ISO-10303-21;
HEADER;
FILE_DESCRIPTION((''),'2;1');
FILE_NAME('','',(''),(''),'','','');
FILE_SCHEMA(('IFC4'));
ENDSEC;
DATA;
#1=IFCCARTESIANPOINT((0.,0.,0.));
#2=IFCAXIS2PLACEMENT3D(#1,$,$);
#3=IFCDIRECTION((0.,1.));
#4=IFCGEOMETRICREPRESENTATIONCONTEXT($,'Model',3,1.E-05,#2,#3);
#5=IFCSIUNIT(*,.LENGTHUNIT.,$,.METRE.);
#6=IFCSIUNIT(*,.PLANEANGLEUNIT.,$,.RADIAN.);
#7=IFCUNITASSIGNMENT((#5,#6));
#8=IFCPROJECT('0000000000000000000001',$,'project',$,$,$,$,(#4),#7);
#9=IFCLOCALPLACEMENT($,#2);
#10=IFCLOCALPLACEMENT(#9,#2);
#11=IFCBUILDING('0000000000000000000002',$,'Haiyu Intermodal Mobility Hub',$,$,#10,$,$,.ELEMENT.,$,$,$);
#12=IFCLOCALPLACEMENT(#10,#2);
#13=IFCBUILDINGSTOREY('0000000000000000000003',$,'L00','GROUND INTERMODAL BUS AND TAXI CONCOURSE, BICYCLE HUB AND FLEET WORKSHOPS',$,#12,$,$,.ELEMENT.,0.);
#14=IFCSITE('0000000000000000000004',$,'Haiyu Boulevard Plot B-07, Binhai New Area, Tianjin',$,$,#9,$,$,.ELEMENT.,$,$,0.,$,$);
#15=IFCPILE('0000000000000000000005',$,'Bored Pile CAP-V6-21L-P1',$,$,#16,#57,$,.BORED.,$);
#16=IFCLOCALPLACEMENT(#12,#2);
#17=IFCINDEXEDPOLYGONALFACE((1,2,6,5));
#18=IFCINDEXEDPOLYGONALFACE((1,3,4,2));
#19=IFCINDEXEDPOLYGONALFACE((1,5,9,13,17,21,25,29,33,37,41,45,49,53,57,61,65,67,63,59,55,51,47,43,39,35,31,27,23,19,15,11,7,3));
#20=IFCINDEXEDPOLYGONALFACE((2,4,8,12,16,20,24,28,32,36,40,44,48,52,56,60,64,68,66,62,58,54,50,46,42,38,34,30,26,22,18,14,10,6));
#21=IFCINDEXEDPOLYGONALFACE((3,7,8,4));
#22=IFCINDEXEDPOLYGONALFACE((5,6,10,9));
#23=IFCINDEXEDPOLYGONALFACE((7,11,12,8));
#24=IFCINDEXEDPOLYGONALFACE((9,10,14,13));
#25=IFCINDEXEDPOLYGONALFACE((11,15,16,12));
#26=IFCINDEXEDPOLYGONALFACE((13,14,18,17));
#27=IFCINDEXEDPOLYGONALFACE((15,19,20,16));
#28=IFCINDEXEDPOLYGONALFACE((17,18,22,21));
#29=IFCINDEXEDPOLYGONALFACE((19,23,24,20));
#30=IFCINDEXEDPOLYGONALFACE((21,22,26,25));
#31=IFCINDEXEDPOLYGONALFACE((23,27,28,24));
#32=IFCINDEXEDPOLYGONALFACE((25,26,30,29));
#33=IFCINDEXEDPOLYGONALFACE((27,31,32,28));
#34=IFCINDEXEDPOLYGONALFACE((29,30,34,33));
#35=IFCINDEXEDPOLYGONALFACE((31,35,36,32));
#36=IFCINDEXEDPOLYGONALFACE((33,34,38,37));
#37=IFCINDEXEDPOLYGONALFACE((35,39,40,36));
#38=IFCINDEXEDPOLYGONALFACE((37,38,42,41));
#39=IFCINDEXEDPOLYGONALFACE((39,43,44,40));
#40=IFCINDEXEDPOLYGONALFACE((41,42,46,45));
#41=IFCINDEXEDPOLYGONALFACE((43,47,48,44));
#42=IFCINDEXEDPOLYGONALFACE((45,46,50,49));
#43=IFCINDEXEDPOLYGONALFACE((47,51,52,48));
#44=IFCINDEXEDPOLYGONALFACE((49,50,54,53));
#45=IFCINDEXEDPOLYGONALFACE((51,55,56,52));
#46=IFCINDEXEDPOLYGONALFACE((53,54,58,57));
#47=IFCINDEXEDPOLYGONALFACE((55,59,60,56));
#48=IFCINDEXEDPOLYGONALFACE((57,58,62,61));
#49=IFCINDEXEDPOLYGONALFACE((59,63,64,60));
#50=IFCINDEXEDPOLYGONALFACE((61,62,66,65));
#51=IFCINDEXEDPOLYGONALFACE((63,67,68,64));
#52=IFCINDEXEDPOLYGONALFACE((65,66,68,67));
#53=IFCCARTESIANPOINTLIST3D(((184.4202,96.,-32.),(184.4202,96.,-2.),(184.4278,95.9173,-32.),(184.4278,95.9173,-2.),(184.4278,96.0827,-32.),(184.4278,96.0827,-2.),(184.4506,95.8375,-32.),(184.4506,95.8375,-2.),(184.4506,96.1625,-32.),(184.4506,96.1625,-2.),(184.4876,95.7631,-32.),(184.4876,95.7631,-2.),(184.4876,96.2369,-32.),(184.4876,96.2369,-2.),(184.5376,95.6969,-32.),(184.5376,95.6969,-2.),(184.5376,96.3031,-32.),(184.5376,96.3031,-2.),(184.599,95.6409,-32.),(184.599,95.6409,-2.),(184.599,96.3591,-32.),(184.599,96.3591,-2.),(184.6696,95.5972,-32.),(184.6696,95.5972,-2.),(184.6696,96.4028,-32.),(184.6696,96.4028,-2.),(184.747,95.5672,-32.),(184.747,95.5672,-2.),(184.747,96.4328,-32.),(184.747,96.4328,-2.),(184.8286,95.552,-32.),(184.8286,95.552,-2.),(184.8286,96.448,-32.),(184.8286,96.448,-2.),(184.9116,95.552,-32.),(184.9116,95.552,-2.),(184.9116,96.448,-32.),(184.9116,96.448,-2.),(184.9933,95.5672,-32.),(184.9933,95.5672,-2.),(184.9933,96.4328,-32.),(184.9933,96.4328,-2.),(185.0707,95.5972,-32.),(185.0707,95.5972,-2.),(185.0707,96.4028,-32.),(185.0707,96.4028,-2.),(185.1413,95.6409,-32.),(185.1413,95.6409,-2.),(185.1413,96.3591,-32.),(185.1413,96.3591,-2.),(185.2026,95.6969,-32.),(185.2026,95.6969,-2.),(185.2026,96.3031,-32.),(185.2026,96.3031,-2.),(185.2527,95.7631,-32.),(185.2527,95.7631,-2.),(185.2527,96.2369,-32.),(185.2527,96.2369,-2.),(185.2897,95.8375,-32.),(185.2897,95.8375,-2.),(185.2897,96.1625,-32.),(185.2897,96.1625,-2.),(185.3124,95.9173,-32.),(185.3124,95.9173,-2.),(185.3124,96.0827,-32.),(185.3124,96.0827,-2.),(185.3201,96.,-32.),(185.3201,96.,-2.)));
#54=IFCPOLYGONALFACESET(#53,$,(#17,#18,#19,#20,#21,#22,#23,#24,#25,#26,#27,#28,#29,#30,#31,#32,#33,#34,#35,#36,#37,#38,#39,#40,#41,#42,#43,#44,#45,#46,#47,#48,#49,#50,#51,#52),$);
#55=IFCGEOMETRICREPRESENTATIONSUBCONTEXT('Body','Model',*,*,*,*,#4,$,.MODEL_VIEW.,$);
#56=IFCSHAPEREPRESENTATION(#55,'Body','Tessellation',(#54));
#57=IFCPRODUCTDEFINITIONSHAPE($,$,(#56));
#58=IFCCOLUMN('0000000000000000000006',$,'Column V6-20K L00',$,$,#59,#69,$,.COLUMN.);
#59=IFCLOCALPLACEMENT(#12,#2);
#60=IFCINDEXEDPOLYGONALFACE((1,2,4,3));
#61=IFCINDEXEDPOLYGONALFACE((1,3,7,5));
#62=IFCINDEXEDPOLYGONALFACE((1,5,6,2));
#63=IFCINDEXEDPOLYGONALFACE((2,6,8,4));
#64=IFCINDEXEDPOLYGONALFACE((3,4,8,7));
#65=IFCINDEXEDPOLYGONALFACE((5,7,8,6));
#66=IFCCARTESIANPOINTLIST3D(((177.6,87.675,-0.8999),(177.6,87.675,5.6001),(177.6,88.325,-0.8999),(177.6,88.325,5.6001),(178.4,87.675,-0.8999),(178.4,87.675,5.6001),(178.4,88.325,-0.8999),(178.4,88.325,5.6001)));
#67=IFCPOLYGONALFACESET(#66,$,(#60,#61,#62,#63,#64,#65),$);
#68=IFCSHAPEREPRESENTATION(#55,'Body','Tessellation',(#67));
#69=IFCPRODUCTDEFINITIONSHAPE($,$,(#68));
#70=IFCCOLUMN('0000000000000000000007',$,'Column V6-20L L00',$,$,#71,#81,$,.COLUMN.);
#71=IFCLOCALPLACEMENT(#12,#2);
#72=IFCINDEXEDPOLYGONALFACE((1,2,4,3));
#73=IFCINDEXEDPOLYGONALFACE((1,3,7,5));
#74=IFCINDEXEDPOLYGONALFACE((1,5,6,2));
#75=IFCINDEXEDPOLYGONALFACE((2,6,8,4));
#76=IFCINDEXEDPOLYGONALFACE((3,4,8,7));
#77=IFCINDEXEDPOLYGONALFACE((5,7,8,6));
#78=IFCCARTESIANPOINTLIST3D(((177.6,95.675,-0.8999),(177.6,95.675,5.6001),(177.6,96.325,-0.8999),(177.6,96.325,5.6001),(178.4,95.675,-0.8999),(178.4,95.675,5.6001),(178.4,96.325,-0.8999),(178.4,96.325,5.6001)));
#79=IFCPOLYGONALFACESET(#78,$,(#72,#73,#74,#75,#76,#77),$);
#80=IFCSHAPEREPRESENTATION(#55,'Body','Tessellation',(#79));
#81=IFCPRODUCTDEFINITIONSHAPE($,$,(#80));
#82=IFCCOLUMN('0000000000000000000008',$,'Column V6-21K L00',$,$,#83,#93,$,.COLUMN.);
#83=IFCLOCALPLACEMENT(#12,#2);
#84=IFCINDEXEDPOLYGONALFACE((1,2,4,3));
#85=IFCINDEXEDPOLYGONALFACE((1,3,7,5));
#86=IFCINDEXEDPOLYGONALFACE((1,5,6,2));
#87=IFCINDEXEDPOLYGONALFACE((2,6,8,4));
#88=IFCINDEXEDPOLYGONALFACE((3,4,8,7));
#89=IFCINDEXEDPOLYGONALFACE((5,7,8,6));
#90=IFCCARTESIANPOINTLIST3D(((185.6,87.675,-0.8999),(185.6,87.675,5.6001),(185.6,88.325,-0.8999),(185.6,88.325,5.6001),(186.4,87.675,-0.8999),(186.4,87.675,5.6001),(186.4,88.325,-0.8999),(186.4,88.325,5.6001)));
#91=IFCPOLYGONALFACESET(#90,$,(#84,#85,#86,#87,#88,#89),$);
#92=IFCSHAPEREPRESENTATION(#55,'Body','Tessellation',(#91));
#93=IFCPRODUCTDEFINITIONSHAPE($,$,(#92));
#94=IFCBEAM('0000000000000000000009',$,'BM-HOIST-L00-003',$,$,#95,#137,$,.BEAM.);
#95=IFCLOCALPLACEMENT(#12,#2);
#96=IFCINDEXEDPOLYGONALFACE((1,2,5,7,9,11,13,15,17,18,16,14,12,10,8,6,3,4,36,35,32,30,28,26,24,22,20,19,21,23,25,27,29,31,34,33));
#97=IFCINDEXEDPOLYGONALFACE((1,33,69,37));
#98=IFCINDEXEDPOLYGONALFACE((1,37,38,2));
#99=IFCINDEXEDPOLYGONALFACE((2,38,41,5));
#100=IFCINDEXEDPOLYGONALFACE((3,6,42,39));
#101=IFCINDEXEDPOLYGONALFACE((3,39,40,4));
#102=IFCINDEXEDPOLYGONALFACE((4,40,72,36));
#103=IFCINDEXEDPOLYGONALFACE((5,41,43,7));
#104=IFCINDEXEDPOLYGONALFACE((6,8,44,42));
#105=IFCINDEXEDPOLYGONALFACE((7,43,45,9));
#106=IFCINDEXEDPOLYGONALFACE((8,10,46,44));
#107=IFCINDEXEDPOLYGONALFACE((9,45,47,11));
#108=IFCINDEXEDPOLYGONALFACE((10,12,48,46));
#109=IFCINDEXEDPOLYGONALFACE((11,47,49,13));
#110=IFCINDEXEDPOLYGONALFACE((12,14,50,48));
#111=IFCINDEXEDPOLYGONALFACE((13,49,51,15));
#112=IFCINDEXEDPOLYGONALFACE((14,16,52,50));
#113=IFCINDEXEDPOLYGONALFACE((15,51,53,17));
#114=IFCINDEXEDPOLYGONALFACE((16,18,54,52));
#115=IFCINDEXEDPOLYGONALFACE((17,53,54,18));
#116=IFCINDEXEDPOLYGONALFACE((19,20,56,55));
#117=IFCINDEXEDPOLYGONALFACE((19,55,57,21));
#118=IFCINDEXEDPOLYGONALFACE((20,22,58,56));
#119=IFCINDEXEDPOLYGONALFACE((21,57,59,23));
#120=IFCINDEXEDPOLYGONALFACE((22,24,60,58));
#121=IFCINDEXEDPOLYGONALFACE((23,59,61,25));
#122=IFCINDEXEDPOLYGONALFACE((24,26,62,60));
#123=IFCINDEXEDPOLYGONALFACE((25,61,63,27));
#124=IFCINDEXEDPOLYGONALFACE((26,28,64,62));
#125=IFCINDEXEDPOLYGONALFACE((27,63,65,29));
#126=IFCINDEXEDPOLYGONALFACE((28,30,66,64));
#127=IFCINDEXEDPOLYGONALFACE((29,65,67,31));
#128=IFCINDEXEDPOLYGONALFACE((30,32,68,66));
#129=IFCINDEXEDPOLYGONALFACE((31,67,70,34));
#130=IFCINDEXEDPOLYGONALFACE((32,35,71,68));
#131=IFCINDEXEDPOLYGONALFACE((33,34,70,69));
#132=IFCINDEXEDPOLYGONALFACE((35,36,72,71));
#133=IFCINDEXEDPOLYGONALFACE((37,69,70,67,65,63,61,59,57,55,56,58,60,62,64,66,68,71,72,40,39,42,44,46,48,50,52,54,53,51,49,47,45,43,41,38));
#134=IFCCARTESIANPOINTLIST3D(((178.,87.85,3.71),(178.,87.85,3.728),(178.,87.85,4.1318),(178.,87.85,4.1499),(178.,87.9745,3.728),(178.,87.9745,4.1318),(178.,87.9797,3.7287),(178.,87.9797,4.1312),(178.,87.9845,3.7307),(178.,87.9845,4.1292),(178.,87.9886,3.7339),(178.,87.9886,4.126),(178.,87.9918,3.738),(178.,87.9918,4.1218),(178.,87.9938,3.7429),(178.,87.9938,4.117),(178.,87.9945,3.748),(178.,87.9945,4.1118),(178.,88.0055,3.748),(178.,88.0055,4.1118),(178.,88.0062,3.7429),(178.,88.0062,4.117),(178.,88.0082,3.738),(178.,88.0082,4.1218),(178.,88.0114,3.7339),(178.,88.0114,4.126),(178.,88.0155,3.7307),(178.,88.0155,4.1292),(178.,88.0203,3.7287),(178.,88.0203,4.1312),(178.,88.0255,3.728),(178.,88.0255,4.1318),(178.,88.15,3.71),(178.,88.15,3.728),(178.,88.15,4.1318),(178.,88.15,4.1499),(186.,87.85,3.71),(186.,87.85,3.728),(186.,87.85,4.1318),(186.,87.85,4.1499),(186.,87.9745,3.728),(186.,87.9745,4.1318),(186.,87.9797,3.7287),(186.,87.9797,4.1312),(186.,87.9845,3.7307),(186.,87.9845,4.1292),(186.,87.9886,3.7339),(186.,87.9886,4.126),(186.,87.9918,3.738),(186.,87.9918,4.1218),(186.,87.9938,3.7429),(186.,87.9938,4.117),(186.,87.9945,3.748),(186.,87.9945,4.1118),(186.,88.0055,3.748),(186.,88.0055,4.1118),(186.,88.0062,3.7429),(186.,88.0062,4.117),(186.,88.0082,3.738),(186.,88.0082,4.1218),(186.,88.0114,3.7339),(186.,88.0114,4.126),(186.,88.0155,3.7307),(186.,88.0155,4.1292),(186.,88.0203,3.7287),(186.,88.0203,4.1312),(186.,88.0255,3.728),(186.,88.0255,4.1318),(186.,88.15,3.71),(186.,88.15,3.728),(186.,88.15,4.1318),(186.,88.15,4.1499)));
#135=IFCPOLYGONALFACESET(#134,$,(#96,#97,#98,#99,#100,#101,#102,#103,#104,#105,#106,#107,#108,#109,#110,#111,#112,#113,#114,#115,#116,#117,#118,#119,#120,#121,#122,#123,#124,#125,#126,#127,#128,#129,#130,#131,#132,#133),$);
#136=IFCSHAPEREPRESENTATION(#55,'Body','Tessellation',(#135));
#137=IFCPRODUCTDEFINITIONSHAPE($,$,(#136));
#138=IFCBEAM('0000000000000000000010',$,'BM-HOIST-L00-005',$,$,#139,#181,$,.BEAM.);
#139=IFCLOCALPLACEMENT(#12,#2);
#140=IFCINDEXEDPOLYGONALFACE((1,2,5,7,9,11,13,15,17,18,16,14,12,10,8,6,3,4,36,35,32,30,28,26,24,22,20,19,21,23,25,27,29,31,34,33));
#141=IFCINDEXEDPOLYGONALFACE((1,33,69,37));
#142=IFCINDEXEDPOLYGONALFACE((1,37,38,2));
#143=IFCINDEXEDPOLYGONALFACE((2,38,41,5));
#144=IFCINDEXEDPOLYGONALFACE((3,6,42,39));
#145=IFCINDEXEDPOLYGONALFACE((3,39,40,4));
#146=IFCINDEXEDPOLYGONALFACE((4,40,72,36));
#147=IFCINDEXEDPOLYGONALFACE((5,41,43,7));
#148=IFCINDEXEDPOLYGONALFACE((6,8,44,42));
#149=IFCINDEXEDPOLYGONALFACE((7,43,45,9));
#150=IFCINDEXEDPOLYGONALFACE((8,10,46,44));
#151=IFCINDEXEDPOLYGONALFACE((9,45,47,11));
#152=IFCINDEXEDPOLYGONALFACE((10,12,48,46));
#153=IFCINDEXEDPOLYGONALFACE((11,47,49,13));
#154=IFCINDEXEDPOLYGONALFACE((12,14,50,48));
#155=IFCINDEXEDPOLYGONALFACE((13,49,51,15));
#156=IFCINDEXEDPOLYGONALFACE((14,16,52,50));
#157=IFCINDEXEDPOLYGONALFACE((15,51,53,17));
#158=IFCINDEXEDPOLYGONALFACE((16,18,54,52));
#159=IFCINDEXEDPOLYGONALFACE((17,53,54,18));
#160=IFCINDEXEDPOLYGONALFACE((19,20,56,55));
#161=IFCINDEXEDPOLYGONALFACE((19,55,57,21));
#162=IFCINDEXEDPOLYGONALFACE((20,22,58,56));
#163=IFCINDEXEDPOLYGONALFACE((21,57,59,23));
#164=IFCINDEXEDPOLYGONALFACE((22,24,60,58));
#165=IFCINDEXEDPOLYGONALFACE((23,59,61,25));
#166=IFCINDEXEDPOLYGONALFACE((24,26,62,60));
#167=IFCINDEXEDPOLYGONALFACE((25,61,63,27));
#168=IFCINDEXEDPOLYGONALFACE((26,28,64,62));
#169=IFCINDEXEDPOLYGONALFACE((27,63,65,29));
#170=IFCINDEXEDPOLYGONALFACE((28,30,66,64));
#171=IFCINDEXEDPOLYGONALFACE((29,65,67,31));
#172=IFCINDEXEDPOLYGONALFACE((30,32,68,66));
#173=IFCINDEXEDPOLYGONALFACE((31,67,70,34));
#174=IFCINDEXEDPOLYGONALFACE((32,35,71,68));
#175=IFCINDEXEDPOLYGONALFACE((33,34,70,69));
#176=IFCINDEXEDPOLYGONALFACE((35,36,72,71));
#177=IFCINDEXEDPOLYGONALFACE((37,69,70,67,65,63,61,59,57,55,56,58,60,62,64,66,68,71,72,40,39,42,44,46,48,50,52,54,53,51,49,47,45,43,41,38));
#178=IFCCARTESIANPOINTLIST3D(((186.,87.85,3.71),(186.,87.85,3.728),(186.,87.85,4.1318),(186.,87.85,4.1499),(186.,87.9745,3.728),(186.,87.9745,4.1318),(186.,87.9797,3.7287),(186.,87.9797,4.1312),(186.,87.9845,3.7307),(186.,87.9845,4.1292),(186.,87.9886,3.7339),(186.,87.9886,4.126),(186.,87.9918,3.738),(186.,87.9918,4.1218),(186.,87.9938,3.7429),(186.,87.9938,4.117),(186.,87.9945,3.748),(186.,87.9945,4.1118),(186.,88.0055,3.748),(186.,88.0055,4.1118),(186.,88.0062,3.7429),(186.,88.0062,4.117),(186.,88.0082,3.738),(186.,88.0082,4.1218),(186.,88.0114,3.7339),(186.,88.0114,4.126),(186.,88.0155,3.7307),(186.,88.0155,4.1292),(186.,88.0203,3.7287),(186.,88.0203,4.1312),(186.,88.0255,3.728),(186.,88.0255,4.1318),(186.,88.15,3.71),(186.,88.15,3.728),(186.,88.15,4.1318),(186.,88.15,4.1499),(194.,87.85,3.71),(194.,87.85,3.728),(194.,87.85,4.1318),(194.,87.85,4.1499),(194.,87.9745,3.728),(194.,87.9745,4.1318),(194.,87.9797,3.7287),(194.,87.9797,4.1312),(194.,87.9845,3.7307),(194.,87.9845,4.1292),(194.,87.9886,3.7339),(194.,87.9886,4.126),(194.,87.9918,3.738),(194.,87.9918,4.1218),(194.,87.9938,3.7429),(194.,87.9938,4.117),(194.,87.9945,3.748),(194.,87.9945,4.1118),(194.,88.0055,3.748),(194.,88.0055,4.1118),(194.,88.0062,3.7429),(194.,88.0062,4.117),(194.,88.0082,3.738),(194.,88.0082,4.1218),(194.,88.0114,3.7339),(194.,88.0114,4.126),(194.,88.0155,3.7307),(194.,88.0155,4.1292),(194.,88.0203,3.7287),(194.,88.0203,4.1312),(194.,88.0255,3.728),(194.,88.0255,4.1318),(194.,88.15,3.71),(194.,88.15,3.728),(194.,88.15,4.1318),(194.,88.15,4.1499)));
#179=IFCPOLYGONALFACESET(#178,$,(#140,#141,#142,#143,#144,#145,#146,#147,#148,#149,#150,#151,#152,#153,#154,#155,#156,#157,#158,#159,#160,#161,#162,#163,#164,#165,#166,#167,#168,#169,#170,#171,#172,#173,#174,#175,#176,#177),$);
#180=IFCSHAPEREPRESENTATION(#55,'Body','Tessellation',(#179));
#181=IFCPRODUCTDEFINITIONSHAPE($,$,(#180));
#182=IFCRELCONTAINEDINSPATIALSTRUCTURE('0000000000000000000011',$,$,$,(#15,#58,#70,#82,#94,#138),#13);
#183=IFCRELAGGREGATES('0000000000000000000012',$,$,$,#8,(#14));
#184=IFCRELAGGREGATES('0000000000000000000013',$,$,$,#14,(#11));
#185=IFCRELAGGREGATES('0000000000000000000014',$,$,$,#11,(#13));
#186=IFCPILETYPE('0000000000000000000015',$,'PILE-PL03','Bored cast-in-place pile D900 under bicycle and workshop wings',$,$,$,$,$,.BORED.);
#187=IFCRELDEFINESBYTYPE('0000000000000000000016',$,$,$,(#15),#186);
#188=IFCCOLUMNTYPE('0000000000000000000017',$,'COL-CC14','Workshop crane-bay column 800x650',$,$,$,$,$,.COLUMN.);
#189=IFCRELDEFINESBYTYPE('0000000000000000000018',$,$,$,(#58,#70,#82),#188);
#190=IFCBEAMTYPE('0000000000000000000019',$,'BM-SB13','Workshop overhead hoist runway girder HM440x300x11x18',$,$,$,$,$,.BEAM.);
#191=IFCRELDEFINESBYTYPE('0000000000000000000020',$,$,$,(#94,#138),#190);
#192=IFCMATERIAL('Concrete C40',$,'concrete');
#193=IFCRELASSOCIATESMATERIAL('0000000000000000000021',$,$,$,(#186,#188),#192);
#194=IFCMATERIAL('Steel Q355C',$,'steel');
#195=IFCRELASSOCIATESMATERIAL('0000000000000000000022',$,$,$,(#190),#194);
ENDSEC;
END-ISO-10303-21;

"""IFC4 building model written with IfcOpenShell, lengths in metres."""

from ifc_helpers import new_model, si_unit, direction, frame, origin, origin_2d, place, context, subcontext, project, spatial, rectangle, circle, i_section, extrude, material, material_profile, profile_set, type_object, element, save


model = new_model("IFC4")

# Units and contexts
model_context = context("Model", 3, precision=1e-05, world=origin(), true_north=direction((0.0, 1.0)))
body_context = subcontext(model_context, "Body", "Model", "MODEL_VIEW")
ifc_project = project(units=[si_unit("LENGTHUNIT", "METRE"), si_unit("PLANEANGLEUNIT", "RADIAN")], contexts=[model_context])

# Site, building, storey
site_placement = place(None, origin())
site = spatial("IfcSite", under=ifc_project, at=site_placement, Name="Haiyu Boulevard Plot B-07, Binhai New Area, Tianjin", CompositionType="ELEMENT", RefElevation=0.0)
building_placement = place(site_placement, origin())
building = spatial("IfcBuilding", under=site, at=building_placement, Name="Haiyu Intermodal Mobility Hub", CompositionType="ELEMENT")
storey_placement = place(building_placement, origin())
storey = spatial("IfcBuildingStorey", under=building, at=storey_placement, Name="L00", Description="GROUND INTERMODAL BUS AND TAXI CONCOURSE, BICYCLE HUB AND FLEET WORKSHOPS", CompositionType="ELEMENT", Elevation=0.0)

# Shared definitions
ifc_material_1 = material(Name="Concrete C40", Category="concrete")

# Pile
ifc_material_profile_1 = material_profile(ifc_material_1, circle(Radius=0.45, at=origin_2d()), Name="PILE-D900")
ifc_profile_set_1 = profile_set([ifc_material_profile_1], Name="Concrete C40")
pile_type = type_object("IfcPileType", Name="PILE-PL03", Description="Bored cast-in-place pile D900 under bicycle and workshop wings", PredefinedType="BORED", material=ifc_profile_set_1)
for number, where, z_axis, x_axis, name in (
    (1, (184.8701, 96.0, -2.0), (0.0, 0.0, -1.0), (1.0, 0.0, 0.0), "Bored Pile CAP-V6-21L-P1"),
):
    element("IfcPile", number, at=place(storey_placement, frame(where, z_axis=z_axis, x_axis=x_axis)), inside=storey, type_object=pile_type, Name=name, PredefinedType="BORED", context=body_context, shape_type="SweptSolid", body=[
        extrude(circle(Radius=0.45, at=origin_2d()), origin(), (0.0, 0.0, 1.0), 30.0),
    ])

# Columns
ifc_material_profile_2 = material_profile(ifc_material_1, rectangle(XDim=0.8, YDim=0.6499, at=origin_2d()), Name="C800x650")
ifc_profile_set_2 = profile_set([ifc_material_profile_2], Name="Concrete C40")
column_type = type_object("IfcColumnType", Name="COL-CC14", Description="Workshop crane-bay column 800x650", PredefinedType="COLUMN", material=ifc_profile_set_2)
for number, where, z_axis, x_axis, name in (
    (2, (178.0, 88.0, -0.8999), (0.0, 0.0, 1.0), (1.0, 0.0, 0.0), "Column V6-20K L00"),
    (3, (178.0, 96.0, -0.8999), (0.0, 0.0, 1.0), (1.0, 0.0, 0.0), "Column V6-20L L00"),
    (4, (186.0, 88.0, -0.8999), (0.0, 0.0, 1.0), (1.0, 0.0, 0.0), "Column V6-21K L00"),
):
    element("IfcColumn", number, at=place(storey_placement, frame(where, z_axis=z_axis, x_axis=x_axis)), inside=storey, type_object=column_type, Name=name, PredefinedType="COLUMN", context=body_context, shape_type="SweptSolid", body=[
        extrude(rectangle(XDim=0.8, YDim=0.6499, at=origin_2d()), origin(), (0.0, 0.0, 1.0), 6.5),
    ])

# Beams
ifc_material_2 = material(Name="Steel Q355C", Category="steel")
ifc_material_profile_3 = material_profile(ifc_material_2, i_section(OverallWidth=0.3, OverallDepth=0.4399, WebThickness=0.011, FlangeThickness=0.0181, FilletRadius=0.02, at=origin_2d()), Name="HM440x300x11x18")
ifc_profile_set_3 = profile_set([ifc_material_profile_3], Name="Steel Q355C")
beam_type = type_object("IfcBeamType", Name="BM-SB13", Description="Workshop overhead hoist runway girder HM440x300x11x18", PredefinedType="BEAM", material=ifc_profile_set_3)
for number, where, z_axis, x_axis, name in (
    (5, (178.0, 88.0, 3.9299), (1.0, 0.0, 0.0), (0.0, 1.0, 0.0), "BM-HOIST-L00-003"),
    (6, (186.0, 88.0, 3.9299), (1.0, 0.0, 0.0), (0.0, 1.0, 0.0), "BM-HOIST-L00-005"),
):
    element("IfcBeam", number, at=place(storey_placement, frame(where, z_axis=z_axis, x_axis=x_axis)), inside=storey, type_object=beam_type, Name=name, PredefinedType="BEAM", context=body_context, shape_type="SweptSolid", body=[
        extrude(i_section(OverallWidth=0.3, OverallDepth=0.4399, WebThickness=0.011, FlangeThickness=0.0181, FilletRadius=0.02, at=origin_2d()), origin(), (0.0, 0.0, 1.0), 8.0),
    ])

save(model, "model.ifc")
